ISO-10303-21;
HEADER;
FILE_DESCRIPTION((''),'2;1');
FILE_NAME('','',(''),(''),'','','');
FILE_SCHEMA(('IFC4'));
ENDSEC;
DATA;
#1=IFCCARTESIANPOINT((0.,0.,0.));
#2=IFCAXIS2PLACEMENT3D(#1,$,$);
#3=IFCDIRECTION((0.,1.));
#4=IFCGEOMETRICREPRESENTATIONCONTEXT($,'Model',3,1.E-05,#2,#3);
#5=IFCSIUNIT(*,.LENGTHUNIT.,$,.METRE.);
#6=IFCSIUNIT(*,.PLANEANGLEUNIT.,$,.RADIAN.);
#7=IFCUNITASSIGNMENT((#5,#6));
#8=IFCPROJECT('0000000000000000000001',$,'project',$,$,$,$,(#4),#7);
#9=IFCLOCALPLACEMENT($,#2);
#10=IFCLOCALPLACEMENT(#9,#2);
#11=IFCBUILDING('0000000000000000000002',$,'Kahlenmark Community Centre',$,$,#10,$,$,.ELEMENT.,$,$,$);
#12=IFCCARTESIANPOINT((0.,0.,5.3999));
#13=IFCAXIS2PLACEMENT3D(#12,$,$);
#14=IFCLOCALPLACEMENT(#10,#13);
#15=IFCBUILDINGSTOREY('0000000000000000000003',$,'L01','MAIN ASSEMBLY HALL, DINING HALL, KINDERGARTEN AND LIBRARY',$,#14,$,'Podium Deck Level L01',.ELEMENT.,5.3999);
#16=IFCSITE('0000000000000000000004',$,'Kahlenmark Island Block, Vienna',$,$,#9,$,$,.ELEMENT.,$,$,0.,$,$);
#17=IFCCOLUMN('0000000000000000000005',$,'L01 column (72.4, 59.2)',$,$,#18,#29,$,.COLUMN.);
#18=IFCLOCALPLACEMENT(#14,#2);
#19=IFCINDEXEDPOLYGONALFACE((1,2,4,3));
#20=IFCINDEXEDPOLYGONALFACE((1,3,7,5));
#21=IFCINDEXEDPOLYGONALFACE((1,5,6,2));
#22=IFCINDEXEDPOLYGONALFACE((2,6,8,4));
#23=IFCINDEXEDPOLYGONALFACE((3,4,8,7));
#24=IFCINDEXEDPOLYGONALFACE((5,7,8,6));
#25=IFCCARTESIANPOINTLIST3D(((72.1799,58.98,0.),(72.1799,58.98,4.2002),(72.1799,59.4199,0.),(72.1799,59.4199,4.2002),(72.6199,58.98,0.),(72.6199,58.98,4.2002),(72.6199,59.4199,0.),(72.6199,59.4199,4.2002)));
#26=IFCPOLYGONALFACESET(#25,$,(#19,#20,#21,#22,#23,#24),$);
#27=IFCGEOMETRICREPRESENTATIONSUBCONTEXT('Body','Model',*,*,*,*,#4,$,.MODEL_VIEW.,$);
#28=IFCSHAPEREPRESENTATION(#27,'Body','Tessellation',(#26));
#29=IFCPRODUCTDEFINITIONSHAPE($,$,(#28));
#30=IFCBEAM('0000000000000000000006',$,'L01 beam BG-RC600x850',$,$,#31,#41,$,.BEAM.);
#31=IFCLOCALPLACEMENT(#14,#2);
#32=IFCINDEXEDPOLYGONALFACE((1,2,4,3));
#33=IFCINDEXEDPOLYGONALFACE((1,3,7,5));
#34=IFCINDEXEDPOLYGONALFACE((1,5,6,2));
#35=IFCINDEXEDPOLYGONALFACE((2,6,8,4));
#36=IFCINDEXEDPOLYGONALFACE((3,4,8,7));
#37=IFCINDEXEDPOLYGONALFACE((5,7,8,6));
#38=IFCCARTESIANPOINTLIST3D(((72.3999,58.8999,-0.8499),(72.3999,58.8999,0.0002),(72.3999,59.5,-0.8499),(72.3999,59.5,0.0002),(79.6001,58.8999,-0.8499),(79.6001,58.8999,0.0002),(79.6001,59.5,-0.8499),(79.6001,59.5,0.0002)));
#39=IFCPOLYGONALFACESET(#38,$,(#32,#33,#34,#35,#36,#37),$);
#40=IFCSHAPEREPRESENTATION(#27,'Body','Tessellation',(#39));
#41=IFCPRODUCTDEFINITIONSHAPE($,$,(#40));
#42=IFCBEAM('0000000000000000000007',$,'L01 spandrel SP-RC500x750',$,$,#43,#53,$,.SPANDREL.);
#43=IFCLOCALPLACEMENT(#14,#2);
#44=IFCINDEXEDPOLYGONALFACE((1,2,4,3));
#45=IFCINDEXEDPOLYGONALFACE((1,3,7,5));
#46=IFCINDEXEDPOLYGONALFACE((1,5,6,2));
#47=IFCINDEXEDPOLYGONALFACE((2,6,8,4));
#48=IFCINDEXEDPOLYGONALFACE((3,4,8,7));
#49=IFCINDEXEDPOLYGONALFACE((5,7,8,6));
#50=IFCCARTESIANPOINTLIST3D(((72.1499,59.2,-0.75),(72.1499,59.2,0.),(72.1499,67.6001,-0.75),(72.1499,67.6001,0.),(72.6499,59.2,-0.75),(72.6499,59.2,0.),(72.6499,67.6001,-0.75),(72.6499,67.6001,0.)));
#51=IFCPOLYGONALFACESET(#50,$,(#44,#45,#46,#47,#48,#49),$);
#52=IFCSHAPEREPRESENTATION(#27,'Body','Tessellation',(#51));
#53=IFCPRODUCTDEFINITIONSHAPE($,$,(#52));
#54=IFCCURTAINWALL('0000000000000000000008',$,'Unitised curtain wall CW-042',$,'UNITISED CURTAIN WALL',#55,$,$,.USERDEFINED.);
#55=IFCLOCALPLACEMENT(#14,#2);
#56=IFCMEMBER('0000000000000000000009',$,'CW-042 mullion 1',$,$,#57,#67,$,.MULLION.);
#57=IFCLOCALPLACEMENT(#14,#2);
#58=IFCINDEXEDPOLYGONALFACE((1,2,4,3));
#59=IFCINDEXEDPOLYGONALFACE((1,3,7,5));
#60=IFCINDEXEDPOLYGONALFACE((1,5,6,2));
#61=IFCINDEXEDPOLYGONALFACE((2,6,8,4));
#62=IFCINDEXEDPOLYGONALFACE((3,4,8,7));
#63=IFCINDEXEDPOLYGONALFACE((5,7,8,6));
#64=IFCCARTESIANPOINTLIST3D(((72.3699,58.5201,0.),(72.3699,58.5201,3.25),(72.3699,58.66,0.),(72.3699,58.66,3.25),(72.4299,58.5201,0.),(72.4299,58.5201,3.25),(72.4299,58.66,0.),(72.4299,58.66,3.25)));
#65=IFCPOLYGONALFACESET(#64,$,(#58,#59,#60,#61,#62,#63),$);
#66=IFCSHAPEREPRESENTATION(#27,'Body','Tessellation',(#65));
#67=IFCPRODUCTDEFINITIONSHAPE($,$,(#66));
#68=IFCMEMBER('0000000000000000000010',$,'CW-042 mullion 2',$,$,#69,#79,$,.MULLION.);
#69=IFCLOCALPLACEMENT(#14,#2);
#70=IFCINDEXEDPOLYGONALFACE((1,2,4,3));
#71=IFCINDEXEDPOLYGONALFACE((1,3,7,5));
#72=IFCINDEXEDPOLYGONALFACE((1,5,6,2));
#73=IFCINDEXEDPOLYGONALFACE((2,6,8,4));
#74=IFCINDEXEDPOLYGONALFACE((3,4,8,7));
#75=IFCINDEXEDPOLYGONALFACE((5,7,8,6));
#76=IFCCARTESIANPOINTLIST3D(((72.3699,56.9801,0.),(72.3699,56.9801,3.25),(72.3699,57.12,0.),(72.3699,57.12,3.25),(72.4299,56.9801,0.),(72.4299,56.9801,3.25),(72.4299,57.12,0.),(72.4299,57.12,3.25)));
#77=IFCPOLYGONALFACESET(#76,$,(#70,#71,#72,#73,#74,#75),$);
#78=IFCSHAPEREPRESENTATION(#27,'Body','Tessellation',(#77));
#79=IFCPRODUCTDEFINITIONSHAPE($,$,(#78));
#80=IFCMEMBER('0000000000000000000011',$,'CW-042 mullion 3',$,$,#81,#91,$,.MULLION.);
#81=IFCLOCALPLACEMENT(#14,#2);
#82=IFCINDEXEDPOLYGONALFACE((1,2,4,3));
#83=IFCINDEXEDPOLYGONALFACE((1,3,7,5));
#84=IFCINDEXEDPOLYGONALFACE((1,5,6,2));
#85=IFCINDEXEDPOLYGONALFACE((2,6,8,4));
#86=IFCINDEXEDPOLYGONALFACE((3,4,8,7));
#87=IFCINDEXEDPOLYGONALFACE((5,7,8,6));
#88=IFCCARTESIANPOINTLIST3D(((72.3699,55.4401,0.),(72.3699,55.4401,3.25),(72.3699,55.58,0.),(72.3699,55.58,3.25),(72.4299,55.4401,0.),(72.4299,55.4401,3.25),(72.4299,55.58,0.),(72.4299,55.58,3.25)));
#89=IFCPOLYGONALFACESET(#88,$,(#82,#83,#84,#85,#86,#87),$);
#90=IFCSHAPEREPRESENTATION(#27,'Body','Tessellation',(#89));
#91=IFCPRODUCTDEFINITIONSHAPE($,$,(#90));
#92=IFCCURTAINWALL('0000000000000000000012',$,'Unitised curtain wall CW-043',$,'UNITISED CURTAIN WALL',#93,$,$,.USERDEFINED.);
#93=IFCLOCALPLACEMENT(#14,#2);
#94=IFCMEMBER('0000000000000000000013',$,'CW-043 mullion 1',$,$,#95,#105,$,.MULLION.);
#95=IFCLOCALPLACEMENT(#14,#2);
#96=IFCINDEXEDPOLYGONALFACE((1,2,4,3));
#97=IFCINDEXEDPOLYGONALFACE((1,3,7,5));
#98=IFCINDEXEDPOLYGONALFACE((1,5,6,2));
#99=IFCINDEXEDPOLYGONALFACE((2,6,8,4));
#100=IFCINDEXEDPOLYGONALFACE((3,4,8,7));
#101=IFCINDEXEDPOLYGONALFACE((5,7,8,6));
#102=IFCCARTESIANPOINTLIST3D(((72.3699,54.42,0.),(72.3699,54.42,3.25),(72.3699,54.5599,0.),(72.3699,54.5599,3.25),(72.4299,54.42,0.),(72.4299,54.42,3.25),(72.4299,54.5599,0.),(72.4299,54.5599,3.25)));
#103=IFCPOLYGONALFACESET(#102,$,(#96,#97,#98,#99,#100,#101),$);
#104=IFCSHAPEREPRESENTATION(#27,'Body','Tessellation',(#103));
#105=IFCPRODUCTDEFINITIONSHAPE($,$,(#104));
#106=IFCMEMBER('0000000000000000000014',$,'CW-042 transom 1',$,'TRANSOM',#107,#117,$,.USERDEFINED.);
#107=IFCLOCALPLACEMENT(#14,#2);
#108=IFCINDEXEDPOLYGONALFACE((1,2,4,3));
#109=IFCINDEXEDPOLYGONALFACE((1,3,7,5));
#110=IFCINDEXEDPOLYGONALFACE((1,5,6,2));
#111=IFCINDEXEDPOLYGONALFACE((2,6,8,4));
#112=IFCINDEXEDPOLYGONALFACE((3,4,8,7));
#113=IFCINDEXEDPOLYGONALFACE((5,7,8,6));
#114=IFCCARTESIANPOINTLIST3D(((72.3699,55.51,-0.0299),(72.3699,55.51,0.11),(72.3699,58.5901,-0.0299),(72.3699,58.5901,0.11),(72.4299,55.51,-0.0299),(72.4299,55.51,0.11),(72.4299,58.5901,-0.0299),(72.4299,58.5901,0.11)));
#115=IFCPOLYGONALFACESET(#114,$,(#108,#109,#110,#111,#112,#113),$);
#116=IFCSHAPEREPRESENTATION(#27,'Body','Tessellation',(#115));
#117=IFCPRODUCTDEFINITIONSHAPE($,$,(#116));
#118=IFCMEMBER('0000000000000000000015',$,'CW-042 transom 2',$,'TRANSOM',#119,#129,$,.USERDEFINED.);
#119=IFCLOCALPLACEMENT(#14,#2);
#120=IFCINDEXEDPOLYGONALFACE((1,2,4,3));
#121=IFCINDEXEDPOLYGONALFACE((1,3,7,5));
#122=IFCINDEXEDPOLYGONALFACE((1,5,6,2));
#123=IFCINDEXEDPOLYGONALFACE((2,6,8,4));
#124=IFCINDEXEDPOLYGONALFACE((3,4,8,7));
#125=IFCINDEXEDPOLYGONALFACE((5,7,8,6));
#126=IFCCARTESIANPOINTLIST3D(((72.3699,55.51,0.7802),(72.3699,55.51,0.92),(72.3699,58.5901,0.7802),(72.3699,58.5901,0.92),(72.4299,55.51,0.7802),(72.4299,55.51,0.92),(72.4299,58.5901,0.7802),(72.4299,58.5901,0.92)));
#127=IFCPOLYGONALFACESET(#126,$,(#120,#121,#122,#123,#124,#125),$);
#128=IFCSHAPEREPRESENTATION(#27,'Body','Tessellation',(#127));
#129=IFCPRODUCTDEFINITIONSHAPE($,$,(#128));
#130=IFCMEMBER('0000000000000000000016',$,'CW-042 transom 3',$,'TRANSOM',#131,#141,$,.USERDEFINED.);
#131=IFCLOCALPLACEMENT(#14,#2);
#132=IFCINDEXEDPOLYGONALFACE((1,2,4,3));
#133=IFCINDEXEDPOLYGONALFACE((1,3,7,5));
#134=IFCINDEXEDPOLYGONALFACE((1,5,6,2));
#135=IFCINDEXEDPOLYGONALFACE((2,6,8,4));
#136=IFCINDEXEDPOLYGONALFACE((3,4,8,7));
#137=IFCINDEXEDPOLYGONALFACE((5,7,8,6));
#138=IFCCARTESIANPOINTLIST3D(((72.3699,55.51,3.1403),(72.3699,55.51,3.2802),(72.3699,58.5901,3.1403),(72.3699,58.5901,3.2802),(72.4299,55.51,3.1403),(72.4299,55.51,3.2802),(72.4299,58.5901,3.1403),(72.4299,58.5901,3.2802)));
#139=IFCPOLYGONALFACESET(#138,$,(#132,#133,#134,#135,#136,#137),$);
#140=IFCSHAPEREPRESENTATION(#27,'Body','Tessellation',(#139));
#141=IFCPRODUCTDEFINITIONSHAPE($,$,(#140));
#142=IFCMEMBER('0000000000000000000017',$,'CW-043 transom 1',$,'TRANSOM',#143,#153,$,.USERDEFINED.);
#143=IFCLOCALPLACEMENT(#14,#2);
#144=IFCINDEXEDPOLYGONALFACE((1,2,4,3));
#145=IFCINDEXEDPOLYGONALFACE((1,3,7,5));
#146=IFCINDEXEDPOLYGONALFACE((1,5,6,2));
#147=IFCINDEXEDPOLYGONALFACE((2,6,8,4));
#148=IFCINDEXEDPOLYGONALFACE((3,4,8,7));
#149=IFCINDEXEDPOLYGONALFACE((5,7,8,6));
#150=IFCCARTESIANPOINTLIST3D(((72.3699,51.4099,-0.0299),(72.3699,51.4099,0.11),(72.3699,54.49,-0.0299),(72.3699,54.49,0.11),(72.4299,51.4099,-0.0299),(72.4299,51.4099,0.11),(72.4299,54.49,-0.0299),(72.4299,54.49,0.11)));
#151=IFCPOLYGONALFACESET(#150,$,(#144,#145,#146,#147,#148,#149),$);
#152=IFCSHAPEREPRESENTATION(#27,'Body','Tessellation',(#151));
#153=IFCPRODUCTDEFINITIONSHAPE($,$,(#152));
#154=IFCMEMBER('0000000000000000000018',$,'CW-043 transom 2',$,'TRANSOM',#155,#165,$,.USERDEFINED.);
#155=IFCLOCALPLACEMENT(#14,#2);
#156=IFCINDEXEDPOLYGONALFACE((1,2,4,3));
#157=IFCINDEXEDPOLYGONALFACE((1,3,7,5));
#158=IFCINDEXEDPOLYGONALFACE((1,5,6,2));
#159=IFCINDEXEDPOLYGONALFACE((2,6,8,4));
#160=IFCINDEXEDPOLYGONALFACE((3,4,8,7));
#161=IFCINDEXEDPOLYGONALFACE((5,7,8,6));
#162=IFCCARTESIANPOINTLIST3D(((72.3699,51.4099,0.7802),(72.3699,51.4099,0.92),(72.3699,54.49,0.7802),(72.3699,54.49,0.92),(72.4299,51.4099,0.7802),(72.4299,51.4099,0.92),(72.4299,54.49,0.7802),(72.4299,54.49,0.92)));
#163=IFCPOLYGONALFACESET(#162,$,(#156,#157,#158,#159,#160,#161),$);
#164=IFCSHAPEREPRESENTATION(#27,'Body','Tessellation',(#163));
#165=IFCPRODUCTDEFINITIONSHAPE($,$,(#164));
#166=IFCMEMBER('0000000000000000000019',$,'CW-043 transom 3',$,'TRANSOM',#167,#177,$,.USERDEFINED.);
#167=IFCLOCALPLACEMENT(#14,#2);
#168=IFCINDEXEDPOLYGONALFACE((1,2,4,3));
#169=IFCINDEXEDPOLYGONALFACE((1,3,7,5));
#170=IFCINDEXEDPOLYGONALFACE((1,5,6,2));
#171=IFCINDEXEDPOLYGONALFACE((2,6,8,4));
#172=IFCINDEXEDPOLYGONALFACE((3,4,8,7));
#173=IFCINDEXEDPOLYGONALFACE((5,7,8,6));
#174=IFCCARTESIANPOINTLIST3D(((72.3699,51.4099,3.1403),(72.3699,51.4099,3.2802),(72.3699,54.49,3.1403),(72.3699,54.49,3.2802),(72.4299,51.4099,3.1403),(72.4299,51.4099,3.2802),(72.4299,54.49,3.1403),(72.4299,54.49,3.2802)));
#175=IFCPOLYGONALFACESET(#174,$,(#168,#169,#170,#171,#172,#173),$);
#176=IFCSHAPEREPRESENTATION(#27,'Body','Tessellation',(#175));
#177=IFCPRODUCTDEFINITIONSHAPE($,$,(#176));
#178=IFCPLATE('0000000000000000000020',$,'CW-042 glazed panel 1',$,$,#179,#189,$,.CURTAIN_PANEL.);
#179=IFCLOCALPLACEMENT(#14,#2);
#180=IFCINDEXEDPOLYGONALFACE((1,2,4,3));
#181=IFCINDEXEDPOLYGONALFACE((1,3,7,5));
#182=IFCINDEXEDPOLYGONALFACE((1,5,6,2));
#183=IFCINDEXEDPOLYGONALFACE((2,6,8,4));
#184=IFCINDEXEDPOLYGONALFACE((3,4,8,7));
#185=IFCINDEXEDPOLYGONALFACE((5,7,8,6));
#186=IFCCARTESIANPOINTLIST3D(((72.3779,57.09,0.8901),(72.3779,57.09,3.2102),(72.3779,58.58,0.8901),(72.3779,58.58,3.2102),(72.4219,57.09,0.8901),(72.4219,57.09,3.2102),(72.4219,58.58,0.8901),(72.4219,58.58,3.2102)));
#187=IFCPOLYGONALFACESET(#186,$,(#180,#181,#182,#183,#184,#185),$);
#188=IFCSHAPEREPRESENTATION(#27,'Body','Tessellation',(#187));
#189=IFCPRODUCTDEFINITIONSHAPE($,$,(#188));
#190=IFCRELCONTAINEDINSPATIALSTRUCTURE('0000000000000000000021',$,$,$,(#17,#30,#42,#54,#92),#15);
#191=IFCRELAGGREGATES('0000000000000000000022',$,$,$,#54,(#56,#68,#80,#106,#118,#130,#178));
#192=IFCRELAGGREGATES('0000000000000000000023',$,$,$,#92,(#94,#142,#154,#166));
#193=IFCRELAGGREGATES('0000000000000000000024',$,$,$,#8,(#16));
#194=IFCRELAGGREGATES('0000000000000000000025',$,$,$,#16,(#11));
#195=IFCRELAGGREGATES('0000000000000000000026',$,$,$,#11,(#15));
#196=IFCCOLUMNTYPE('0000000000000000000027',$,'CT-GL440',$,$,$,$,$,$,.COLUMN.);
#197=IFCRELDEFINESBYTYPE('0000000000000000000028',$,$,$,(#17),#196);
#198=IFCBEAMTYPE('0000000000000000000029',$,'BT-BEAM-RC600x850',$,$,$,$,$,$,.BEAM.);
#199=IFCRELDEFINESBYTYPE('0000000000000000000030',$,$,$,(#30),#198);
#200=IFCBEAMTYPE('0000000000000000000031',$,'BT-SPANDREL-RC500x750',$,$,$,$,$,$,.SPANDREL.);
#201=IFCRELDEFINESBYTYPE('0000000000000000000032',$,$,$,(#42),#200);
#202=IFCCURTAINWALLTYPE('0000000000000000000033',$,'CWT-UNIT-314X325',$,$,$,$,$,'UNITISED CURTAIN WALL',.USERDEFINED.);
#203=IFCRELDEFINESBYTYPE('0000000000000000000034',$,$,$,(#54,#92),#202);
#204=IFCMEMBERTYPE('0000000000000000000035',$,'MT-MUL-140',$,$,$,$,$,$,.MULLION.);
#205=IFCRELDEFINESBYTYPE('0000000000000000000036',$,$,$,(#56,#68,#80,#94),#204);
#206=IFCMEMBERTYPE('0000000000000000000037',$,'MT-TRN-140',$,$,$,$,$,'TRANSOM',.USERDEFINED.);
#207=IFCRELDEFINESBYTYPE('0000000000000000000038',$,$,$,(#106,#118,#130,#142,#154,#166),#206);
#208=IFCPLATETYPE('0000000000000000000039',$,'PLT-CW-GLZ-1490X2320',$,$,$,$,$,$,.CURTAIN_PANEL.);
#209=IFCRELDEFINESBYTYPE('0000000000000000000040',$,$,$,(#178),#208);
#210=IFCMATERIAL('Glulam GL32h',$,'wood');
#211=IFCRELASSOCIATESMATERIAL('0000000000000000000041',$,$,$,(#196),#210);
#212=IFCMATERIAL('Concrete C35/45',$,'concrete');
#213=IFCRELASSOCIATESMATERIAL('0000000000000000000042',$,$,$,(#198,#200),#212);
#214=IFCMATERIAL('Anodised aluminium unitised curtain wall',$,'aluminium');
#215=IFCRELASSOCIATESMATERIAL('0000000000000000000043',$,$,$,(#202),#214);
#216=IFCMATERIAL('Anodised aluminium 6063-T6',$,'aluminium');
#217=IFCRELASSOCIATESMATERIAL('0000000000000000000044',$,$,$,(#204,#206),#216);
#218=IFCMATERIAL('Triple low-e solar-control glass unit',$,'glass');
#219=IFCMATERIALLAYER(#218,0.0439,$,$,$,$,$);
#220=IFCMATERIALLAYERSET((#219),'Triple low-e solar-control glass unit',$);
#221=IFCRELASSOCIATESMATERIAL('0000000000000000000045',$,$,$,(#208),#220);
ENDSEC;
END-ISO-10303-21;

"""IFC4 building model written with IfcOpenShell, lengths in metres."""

from ifc_helpers import new_model, si_unit, direction, frame, origin, origin_2d, place, context, subcontext, project, spatial, rectangle, extrude, material, layer, layer_set, material_profile, profile_set, type_object, element, aggregate, save


model = new_model("IFC4")

# Units and contexts
model_context = context("Model", 3, precision=1e-05, world=origin(), true_north=direction((0.0, 1.0)))
body_context = subcontext(model_context, "Body", "Model", "MODEL_VIEW")
ifc_project = project(units=[si_unit("LENGTHUNIT", "METRE"), si_unit("PLANEANGLEUNIT", "RADIAN")], contexts=[model_context])

# Site, building, storey
site_placement = place(None, origin())
site = spatial("IfcSite", under=ifc_project, at=site_placement, Name="Kahlenmark Island Block, Vienna", CompositionType="ELEMENT", RefElevation=0.0)
building_placement = place(site_placement, origin())
building = spatial("IfcBuilding", under=site, at=building_placement, Name="Kahlenmark Community Centre", CompositionType="ELEMENT")
storey_placement = place(building_placement, frame((0.0, 0.0, 5.3999)))
storey = spatial("IfcBuildingStorey", under=building, at=storey_placement, Name="L01", Description="MAIN ASSEMBLY HALL, DINING HALL, KINDERGARTEN AND LIBRARY", LongName="Podium Deck Level L01", CompositionType="ELEMENT", Elevation=5.3999)

# Column
ifc_material_1 = material(Name="Glulam GL32h", Category="wood")
ifc_material_profile_1 = material_profile(ifc_material_1, rectangle(XDim=0.4399, YDim=0.4399, at=origin_2d()), Name="GL32h 440x440")
ifc_profile_set_1 = profile_set([ifc_material_profile_1], Name="Glulam GL32h")
column_type = type_object("IfcColumnType", Name="CT-GL440", PredefinedType="COLUMN", material=ifc_profile_set_1)
column_placement = place(storey_placement, frame((72.3999, 59.2, 0.0), z_axis=(0.0, 0.0, 1.0), x_axis=(1.0, 0.0, 0.0)))
element("IfcColumn", 1, at=column_placement, inside=storey, type_object=column_type, Name="L01 column (72.4, 59.2)", PredefinedType="COLUMN", context=body_context, shape_type="SweptSolid", body=[
    extrude(rectangle(XDim=0.4399, YDim=0.4399, at=origin_2d()), origin(), (0.0, 0.0, 1.0), 4.2002),
])

# Beams
ifc_material_2 = material(Name="Concrete C35/45", Category="concrete")
ifc_material_profile_2 = material_profile(ifc_material_2, rectangle(XDim=0.6001, YDim=0.8501, at=origin_2d()), Name="RC 600x850")
ifc_profile_set_2 = profile_set([ifc_material_profile_2], Name="Concrete C35/45")
beam_type_1 = type_object("IfcBeamType", Name="BT-BEAM-RC600x850", PredefinedType="BEAM", material=ifc_profile_set_2)
beam_1_placement = place(storey_placement, frame((72.3999, 59.2, -0.4248), z_axis=(1.0, 0.0, 0.0), x_axis=(0.0, 1.0, 0.0)))
element("IfcBeam", 2, at=beam_1_placement, inside=storey, type_object=beam_type_1, Name="L01 beam BG-RC600x850", PredefinedType="BEAM", context=body_context, shape_type="SweptSolid", body=[
    extrude(rectangle(XDim=0.6001, YDim=0.8501, at=origin_2d()), origin(), (0.0, 0.0, 1.0), 7.2002),
])
ifc_material_profile_3 = material_profile(ifc_material_2, rectangle(XDim=0.5, YDim=0.75, at=origin_2d()), Name="RC 500x750")
ifc_profile_set_3 = profile_set([ifc_material_profile_3], Name="Concrete C35/45")
beam_type_2 = type_object("IfcBeamType", Name="BT-SPANDREL-RC500x750", PredefinedType="SPANDREL", material=ifc_profile_set_3)
beam_2_placement = place(storey_placement, frame((72.3999, 59.2, -0.375), z_axis=(0.0, 1.0, 0.0), x_axis=(-1.0, 0.0, 0.0)))
element("IfcBeam", 3, at=beam_2_placement, inside=storey, type_object=beam_type_2, Name="L01 spandrel SP-RC500x750", PredefinedType="SPANDREL", context=body_context, shape_type="SweptSolid", body=[
    extrude(rectangle(XDim=0.5, YDim=0.75, at=origin_2d()), origin(), (0.0, 0.0, 1.0), 8.4001),
])

# Curtain wall, members
ifc_material_3 = material(Name="Anodised aluminium unitised curtain wall", Category="aluminium")
curtain_wall_type = type_object("IfcCurtainWallType", Name="CWT-UNIT-314X325", ElementType="UNITISED CURTAIN WALL", PredefinedType="USERDEFINED", material=ifc_material_3)
curtain_wall_1_placement = place(storey_placement, origin())
curtain_wall_1 = element("IfcCurtainWall", 4, at=curtain_wall_1_placement, inside=storey, type_object=curtain_wall_type, Name="Unitised curtain wall CW-042", ObjectType="UNITISED CURTAIN WALL", PredefinedType="USERDEFINED")
ifc_material_4 = material(Name="Anodised aluminium 6063-T6", Category="aluminium")
ifc_material_profile_4 = material_profile(ifc_material_4, rectangle(XDim=0.0601, YDim=0.1399, at=origin_2d()), Name="ALU MULLION 60x140")
ifc_profile_set_4 = profile_set([ifc_material_profile_4], Name="Anodised aluminium 6063-T6")
member_type_1 = type_object("IfcMemberType", Name="MT-MUL-140", PredefinedType="MULLION", material=ifc_profile_set_4)
member_1_placement = place(storey_placement, frame((72.3999, 58.5901, 0.0), z_axis=(0.0, 0.0, 1.0), x_axis=(1.0, 0.0, 0.0)))
member_1 = element("IfcMember", 5, at=member_1_placement, type_object=member_type_1, Name="CW-042 mullion 1", PredefinedType="MULLION", context=body_context, shape_type="SweptSolid", body=[
    extrude(rectangle(XDim=0.0601, YDim=0.1399, at=origin_2d()), origin(), (0.0, 0.0, 1.0), 3.25),
])
member_2_placement = place(storey_placement, frame((72.3999, 57.05, 0.0), z_axis=(0.0, 0.0, 1.0), x_axis=(1.0, 0.0, 0.0)))
member_2 = element("IfcMember", 6, at=member_2_placement, type_object=member_type_1, Name="CW-042 mullion 2", PredefinedType="MULLION", context=body_context, shape_type="SweptSolid", body=[
    extrude(rectangle(XDim=0.0601, YDim=0.1399, at=origin_2d()), origin(), (0.0, 0.0, 1.0), 3.25),
])
member_3_placement = place(storey_placement, frame((72.3999, 55.51, 0.0), z_axis=(0.0, 0.0, 1.0), x_axis=(1.0, 0.0, 0.0)))
member_3 = element("IfcMember", 7, at=member_3_placement, type_object=member_type_1, Name="CW-042 mullion 3", PredefinedType="MULLION", context=body_context, shape_type="SweptSolid", body=[
    extrude(rectangle(XDim=0.0601, YDim=0.1399, at=origin_2d()), origin(), (0.0, 0.0, 1.0), 3.25),
])

# Curtain wall, member
curtain_wall_2_placement = place(storey_placement, origin())
curtain_wall_2 = element("IfcCurtainWall", 8, at=curtain_wall_2_placement, inside=storey, type_object=curtain_wall_type, Name="Unitised curtain wall CW-043", ObjectType="UNITISED CURTAIN WALL", PredefinedType="USERDEFINED")
member_4_placement = place(storey_placement, frame((72.3999, 54.49, 0.0), z_axis=(0.0, 0.0, 1.0), x_axis=(1.0, 0.0, 0.0)))
member_4 = element("IfcMember", 9, at=member_4_placement, type_object=member_type_1, Name="CW-043 mullion 1", PredefinedType="MULLION", context=body_context, shape_type="SweptSolid", body=[
    extrude(rectangle(XDim=0.0601, YDim=0.1399, at=origin_2d()), origin(), (0.0, 0.0, 1.0), 3.25),
])

# Members
ifc_material_profile_5 = material_profile(ifc_material_4, rectangle(XDim=0.0601, YDim=0.1399, at=origin_2d()), Name="ALU TRANSOM 60x140")
ifc_profile_set_5 = profile_set([ifc_material_profile_5], Name="Anodised aluminium 6063-T6")
member_type_2 = type_object("IfcMemberType", Name="MT-TRN-140", ElementType="TRANSOM", PredefinedType="USERDEFINED", material=ifc_profile_set_5)
member_5_placement = place(storey_placement, frame((72.3999, 58.5901, 0.04), z_axis=(0.0, -1.0, 0.0), x_axis=(1.0, 0.0, 0.0)))
member_5 = element("IfcMember", 10, at=member_5_placement, type_object=member_type_2, Name="CW-042 transom 1", ObjectType="TRANSOM", PredefinedType="USERDEFINED", context=body_context, shape_type="SweptSolid", body=[
    extrude(rectangle(XDim=0.0601, YDim=0.1399, at=origin_2d()), origin(), (0.0, 0.0, 1.0), 3.0801),
])
member_6_placement = place(storey_placement, frame((72.3999, 58.5901, 0.8501), z_axis=(0.0, -1.0, 0.0), x_axis=(1.0, 0.0, 0.0)))
member_6 = element("IfcMember", 11, at=member_6_placement, type_object=member_type_2, Name="CW-042 transom 2", ObjectType="TRANSOM", PredefinedType="USERDEFINED", context=body_context, shape_type="SweptSolid", body=[
    extrude(rectangle(XDim=0.0601, YDim=0.1399, at=origin_2d()), origin(), (0.0, 0.0, 1.0), 3.0801),
])
member_7_placement = place(storey_placement, frame((72.3999, 58.5901, 3.2102), z_axis=(0.0, -1.0, 0.0), x_axis=(1.0, 0.0, 0.0)))
member_7 = element("IfcMember", 12, at=member_7_placement, type_object=member_type_2, Name="CW-042 transom 3", ObjectType="TRANSOM", PredefinedType="USERDEFINED", context=body_context, shape_type="SweptSolid", body=[
    extrude(rectangle(XDim=0.0601, YDim=0.1399, at=origin_2d()), origin(), (0.0, 0.0, 1.0), 3.0801),
])
member_8_placement = place(storey_placement, frame((72.3999, 54.49, 0.04), z_axis=(0.0, -1.0, 0.0), x_axis=(1.0, 0.0, 0.0)))
member_8 = element("IfcMember", 13, at=member_8_placement, type_object=member_type_2, Name="CW-043 transom 1", ObjectType="TRANSOM", PredefinedType="USERDEFINED", context=body_context, shape_type="SweptSolid", body=[
    extrude(rectangle(XDim=0.0601, YDim=0.1399, at=origin_2d()), origin(), (0.0, 0.0, 1.0), 3.0801),
])
member_9_placement = place(storey_placement, frame((72.3999, 54.49, 0.8501), z_axis=(0.0, -1.0, 0.0), x_axis=(1.0, 0.0, 0.0)))
member_9 = element("IfcMember", 14, at=member_9_placement, type_object=member_type_2, Name="CW-043 transom 2", ObjectType="TRANSOM", PredefinedType="USERDEFINED", context=body_context, shape_type="SweptSolid", body=[
    extrude(rectangle(XDim=0.0601, YDim=0.1399, at=origin_2d()), origin(), (0.0, 0.0, 1.0), 3.0801),
])
member_10_placement = place(storey_placement, frame((72.3999, 54.49, 3.2102), z_axis=(0.0, -1.0, 0.0), x_axis=(1.0, 0.0, 0.0)))
member_10 = element("IfcMember", 15, at=member_10_placement, type_object=member_type_2, Name="CW-043 transom 3", ObjectType="TRANSOM", PredefinedType="USERDEFINED", context=body_context, shape_type="SweptSolid", body=[
    extrude(rectangle(XDim=0.0601, YDim=0.1399, at=origin_2d()), origin(), (0.0, 0.0, 1.0), 3.0801),
])

# Plate
ifc_material_5 = material(Name="Triple low-e solar-control glass unit", Category="glass")
ifc_layer_1 = layer(ifc_material_5, 0.0439)
ifc_layer_set_1 = layer_set([ifc_layer_1], Name="Triple low-e solar-control glass unit")
plate_type_1 = type_object("IfcPlateType", Name="PLT-CW-GLZ-1490X2320", PredefinedType="CURTAIN_PANEL", material=ifc_layer_set_1)
plate_1_placement = place(storey_placement, frame((72.3999, 57.835, 0.8901), z_axis=(0.0, 0.0, 1.0), x_axis=(0.0, -1.0, 0.0)))
plate_1 = element("IfcPlate", 16, at=plate_1_placement, type_object=plate_type_1, Name="CW-042 glazed panel 1", PredefinedType="CURTAIN_PANEL", context=body_context, shape_type="SweptSolid", body=[
    extrude(rectangle(XDim=1.49, YDim=0.0439, at=origin_2d()), origin(), (0.0, 0.0, 1.0), 2.3201),
])
aggregate(curtain_wall_1, [member_1, member_2, member_3, member_5, member_6, member_7, plate_1])
aggregate(curtain_wall_2, [member_4, member_8, member_9, member_10])

save(model, "model.ifc")
